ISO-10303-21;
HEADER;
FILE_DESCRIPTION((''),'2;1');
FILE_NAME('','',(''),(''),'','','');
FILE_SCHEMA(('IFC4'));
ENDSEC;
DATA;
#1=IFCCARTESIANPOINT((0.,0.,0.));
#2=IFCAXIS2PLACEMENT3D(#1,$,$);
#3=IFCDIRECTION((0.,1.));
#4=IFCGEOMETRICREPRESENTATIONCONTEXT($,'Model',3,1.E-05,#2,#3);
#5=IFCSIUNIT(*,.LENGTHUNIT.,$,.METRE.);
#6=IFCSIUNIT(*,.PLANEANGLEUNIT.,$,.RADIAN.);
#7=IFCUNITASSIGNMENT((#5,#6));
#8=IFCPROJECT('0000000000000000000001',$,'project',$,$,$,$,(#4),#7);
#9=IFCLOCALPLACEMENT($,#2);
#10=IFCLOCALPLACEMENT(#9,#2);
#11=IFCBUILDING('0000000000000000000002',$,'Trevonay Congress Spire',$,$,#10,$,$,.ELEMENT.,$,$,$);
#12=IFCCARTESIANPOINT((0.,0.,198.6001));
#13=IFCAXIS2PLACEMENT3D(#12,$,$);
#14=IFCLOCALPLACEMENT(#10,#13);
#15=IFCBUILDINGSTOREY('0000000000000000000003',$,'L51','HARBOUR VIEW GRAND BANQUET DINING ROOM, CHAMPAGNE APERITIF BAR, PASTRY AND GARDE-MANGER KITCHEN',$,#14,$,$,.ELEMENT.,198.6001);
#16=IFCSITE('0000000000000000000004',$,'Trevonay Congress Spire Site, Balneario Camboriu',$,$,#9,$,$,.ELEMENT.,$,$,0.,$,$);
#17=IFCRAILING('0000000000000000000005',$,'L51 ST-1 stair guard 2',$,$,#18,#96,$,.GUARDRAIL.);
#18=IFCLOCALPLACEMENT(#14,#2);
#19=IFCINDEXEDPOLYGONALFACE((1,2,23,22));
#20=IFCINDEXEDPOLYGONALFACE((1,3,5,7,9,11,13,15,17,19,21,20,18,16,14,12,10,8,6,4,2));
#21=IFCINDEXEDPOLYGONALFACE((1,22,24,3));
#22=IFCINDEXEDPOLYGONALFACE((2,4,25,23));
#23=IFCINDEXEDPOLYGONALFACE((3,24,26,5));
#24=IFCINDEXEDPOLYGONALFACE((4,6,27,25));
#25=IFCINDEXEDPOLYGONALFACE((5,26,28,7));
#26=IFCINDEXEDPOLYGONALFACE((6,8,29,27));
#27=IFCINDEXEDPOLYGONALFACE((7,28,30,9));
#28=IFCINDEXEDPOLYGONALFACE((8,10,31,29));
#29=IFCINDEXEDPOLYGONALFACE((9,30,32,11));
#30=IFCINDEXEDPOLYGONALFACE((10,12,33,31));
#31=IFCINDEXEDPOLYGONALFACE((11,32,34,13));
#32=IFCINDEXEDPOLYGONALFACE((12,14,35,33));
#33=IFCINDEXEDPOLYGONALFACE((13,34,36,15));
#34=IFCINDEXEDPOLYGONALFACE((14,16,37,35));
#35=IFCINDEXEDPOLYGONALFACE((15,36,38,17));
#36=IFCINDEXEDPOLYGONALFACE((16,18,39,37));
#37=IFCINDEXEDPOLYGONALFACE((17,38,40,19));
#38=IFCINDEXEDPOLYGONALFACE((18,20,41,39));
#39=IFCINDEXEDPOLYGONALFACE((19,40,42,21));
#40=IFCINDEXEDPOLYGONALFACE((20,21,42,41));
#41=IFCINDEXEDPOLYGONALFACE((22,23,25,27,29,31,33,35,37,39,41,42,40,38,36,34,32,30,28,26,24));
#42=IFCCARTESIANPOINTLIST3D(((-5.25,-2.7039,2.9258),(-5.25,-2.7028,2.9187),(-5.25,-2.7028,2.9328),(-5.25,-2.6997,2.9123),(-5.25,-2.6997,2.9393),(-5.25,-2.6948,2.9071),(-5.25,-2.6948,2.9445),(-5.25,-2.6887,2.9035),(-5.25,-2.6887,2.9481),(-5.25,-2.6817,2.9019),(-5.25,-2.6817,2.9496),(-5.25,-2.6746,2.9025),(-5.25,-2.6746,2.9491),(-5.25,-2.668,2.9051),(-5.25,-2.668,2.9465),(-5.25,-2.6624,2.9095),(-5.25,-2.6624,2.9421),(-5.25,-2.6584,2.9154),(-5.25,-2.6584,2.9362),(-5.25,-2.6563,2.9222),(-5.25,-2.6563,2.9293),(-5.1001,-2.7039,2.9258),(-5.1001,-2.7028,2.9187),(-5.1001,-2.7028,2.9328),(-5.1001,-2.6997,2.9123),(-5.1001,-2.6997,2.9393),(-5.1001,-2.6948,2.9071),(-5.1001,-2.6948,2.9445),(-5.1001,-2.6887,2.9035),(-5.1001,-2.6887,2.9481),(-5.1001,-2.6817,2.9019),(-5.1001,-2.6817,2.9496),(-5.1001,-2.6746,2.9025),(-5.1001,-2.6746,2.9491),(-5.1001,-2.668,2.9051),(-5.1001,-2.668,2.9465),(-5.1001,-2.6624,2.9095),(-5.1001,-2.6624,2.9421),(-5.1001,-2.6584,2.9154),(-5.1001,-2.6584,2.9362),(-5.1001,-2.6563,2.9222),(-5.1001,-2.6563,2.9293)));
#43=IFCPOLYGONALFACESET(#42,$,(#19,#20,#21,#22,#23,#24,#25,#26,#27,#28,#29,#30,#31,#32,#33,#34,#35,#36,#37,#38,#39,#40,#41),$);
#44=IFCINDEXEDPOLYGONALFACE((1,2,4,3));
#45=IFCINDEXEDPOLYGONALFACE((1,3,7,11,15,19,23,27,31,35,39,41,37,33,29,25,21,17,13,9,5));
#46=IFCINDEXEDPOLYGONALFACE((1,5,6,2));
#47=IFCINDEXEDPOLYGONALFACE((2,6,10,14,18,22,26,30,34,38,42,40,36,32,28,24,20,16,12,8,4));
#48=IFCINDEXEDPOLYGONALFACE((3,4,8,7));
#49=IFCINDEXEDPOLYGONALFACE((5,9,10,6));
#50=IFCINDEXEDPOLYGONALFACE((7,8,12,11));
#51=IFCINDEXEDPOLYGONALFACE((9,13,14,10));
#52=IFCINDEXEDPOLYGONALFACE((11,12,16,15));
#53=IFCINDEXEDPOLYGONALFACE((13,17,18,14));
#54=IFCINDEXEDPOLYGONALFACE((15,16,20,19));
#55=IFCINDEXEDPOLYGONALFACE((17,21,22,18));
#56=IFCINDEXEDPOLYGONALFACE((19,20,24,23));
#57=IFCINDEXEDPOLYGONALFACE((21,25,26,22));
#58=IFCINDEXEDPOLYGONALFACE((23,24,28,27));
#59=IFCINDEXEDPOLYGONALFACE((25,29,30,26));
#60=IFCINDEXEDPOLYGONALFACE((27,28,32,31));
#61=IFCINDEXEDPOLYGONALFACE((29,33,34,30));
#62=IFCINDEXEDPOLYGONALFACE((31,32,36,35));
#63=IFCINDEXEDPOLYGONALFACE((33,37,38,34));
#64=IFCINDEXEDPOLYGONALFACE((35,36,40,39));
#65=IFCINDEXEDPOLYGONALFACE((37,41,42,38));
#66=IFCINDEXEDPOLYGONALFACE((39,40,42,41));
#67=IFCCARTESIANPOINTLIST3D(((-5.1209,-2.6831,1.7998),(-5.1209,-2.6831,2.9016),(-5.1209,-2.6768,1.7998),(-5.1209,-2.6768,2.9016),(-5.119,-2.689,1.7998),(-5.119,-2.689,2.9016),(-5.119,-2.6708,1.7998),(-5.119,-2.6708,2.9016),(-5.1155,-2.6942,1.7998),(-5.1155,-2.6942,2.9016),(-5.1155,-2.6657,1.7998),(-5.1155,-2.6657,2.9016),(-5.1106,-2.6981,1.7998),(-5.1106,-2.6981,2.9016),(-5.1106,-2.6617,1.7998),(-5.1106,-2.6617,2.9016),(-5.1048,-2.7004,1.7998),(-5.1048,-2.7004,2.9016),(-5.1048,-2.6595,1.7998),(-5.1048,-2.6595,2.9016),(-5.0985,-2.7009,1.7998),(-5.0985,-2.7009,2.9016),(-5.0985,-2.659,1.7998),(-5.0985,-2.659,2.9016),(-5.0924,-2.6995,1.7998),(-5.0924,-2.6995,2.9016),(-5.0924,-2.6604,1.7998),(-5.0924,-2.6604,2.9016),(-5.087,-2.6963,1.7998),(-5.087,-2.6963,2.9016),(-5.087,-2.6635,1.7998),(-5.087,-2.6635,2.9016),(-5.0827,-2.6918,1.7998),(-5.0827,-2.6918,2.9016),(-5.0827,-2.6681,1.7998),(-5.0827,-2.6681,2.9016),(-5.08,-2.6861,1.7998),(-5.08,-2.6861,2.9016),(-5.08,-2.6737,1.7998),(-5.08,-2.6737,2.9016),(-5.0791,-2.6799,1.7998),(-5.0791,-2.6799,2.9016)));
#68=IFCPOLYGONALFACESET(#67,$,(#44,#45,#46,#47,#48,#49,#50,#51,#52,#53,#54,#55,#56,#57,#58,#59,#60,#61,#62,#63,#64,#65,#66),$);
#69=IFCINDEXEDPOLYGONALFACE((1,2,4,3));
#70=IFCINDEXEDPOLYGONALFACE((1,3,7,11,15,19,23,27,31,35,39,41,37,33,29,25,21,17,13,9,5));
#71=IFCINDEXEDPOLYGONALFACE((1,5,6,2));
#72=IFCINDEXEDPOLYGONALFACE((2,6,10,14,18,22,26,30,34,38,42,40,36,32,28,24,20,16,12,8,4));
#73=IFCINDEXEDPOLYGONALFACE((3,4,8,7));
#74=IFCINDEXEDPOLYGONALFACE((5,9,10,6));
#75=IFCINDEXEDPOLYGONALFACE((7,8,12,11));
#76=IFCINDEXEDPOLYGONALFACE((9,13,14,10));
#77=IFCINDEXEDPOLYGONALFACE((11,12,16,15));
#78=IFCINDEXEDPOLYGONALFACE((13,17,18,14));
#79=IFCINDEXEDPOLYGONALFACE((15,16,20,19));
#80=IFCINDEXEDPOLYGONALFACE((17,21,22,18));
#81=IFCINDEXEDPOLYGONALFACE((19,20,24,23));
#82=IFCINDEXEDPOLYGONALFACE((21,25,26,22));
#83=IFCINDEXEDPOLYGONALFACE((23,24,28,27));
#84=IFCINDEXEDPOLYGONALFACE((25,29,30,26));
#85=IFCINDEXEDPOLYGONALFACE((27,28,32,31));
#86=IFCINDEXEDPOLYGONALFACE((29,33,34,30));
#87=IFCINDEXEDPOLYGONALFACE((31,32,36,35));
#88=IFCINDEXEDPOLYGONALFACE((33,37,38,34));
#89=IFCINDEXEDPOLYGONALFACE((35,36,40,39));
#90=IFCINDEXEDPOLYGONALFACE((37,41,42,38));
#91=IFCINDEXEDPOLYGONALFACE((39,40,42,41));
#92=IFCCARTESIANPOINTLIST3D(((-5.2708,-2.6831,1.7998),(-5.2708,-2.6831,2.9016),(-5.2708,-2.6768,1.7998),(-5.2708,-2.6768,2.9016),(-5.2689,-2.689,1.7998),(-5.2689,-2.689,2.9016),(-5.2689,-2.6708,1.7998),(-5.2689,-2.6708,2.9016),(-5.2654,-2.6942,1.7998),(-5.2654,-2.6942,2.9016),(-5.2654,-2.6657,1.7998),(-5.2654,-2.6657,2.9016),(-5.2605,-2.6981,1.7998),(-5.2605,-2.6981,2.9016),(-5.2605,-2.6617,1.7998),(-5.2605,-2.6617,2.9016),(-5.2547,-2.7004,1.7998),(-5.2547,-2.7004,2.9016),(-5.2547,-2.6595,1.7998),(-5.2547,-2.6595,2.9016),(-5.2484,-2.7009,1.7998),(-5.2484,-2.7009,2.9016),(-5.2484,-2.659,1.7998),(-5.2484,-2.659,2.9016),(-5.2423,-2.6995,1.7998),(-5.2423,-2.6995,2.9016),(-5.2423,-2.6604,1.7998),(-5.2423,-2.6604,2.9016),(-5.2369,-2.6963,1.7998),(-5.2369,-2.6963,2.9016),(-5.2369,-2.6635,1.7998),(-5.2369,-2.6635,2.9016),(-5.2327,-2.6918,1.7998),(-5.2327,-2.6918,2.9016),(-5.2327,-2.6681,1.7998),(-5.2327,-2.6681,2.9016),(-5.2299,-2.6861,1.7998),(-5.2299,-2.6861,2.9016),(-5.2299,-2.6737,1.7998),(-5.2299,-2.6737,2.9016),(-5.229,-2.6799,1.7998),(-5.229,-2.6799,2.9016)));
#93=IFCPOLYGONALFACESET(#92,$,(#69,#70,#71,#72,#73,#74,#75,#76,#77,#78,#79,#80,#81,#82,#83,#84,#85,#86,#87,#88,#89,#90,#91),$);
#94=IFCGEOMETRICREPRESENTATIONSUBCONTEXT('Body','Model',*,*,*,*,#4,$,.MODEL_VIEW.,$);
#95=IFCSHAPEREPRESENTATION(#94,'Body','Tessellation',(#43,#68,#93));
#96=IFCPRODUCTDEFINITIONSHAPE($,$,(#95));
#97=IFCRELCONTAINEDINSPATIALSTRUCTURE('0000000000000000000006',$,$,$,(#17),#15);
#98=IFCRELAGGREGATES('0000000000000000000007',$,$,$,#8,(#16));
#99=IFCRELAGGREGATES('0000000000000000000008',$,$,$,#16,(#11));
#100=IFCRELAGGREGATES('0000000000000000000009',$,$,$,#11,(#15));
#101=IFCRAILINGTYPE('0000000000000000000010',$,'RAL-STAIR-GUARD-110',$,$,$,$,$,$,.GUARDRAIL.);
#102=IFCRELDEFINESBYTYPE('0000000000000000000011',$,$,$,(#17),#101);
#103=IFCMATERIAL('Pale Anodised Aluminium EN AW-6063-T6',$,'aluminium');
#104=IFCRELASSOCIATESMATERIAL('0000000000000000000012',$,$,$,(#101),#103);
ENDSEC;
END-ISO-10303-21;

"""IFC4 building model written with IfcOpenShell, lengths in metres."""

from ifc_helpers import new_model, si_unit, direction, frame, origin, origin_2d, place, context, subcontext, project, spatial, circle, extrude, material, type_object, element, save


model = new_model("IFC4")

# Units and contexts
model_context = context("Model", 3, precision=1e-05, world=origin(), true_north=direction((0.0, 1.0)))
body_context = subcontext(model_context, "Body", "Model", "MODEL_VIEW")
ifc_project = project(units=[si_unit("LENGTHUNIT", "METRE"), si_unit("PLANEANGLEUNIT", "RADIAN")], contexts=[model_context])

# Site, building, storey
site_placement = place(None, origin())
site = spatial("IfcSite", under=ifc_project, at=site_placement, Name="Trevonay Congress Spire Site, Balneario Camboriu", CompositionType="ELEMENT", RefElevation=0.0)
building_placement = place(site_placement, origin())
building = spatial("IfcBuilding", under=site, at=building_placement, Name="Trevonay Congress Spire", CompositionType="ELEMENT")
storey_placement = place(building_placement, frame((0.0, 0.0, 198.6001)))
storey = spatial("IfcBuildingStorey", under=building, at=storey_placement, Name="L51", Description="HARBOUR VIEW GRAND BANQUET DINING ROOM, CHAMPAGNE APERITIF BAR, PASTRY AND GARDE-MANGER KITCHEN", CompositionType="ELEMENT", Elevation=198.6001)

# Railing
ifc_material_1 = material(Name="Pale Anodised Aluminium EN AW-6063-T6", Category="aluminium")
railing_type_1 = type_object("IfcRailingType", Name="RAL-STAIR-GUARD-110", PredefinedType="GUARDRAIL", material=ifc_material_1)
railing_1_placement = place(storey_placement, frame((-5.1001, -2.6799, 1.7998)))
element("IfcRailing", 1, at=railing_1_placement, inside=storey, type_object=railing_type_1, Name="L51 ST-1 stair guard 2", PredefinedType="GUARDRAIL", context=body_context, shape_type="SweptSolid", body=[
    extrude(circle(Radius=0.0239, at=origin_2d()), frame((0.0, 0.0, 1.126), z_axis=(-1.0, 0.0, 0.0), x_axis=(0.0, -1.0, 0.0)), (0.0, 0.0, 1.0), 0.1499),
    extrude(circle(Radius=0.021, at=origin_2d()), origin(), (0.0, 0.0, 1.0), 1.1018),
    extrude(circle(Radius=0.021, at=origin_2d()), frame((-0.1499, 0.0, 0.0)), (0.0, 0.0, 1.0), 1.1018),
])

save(model, "model.ifc")
